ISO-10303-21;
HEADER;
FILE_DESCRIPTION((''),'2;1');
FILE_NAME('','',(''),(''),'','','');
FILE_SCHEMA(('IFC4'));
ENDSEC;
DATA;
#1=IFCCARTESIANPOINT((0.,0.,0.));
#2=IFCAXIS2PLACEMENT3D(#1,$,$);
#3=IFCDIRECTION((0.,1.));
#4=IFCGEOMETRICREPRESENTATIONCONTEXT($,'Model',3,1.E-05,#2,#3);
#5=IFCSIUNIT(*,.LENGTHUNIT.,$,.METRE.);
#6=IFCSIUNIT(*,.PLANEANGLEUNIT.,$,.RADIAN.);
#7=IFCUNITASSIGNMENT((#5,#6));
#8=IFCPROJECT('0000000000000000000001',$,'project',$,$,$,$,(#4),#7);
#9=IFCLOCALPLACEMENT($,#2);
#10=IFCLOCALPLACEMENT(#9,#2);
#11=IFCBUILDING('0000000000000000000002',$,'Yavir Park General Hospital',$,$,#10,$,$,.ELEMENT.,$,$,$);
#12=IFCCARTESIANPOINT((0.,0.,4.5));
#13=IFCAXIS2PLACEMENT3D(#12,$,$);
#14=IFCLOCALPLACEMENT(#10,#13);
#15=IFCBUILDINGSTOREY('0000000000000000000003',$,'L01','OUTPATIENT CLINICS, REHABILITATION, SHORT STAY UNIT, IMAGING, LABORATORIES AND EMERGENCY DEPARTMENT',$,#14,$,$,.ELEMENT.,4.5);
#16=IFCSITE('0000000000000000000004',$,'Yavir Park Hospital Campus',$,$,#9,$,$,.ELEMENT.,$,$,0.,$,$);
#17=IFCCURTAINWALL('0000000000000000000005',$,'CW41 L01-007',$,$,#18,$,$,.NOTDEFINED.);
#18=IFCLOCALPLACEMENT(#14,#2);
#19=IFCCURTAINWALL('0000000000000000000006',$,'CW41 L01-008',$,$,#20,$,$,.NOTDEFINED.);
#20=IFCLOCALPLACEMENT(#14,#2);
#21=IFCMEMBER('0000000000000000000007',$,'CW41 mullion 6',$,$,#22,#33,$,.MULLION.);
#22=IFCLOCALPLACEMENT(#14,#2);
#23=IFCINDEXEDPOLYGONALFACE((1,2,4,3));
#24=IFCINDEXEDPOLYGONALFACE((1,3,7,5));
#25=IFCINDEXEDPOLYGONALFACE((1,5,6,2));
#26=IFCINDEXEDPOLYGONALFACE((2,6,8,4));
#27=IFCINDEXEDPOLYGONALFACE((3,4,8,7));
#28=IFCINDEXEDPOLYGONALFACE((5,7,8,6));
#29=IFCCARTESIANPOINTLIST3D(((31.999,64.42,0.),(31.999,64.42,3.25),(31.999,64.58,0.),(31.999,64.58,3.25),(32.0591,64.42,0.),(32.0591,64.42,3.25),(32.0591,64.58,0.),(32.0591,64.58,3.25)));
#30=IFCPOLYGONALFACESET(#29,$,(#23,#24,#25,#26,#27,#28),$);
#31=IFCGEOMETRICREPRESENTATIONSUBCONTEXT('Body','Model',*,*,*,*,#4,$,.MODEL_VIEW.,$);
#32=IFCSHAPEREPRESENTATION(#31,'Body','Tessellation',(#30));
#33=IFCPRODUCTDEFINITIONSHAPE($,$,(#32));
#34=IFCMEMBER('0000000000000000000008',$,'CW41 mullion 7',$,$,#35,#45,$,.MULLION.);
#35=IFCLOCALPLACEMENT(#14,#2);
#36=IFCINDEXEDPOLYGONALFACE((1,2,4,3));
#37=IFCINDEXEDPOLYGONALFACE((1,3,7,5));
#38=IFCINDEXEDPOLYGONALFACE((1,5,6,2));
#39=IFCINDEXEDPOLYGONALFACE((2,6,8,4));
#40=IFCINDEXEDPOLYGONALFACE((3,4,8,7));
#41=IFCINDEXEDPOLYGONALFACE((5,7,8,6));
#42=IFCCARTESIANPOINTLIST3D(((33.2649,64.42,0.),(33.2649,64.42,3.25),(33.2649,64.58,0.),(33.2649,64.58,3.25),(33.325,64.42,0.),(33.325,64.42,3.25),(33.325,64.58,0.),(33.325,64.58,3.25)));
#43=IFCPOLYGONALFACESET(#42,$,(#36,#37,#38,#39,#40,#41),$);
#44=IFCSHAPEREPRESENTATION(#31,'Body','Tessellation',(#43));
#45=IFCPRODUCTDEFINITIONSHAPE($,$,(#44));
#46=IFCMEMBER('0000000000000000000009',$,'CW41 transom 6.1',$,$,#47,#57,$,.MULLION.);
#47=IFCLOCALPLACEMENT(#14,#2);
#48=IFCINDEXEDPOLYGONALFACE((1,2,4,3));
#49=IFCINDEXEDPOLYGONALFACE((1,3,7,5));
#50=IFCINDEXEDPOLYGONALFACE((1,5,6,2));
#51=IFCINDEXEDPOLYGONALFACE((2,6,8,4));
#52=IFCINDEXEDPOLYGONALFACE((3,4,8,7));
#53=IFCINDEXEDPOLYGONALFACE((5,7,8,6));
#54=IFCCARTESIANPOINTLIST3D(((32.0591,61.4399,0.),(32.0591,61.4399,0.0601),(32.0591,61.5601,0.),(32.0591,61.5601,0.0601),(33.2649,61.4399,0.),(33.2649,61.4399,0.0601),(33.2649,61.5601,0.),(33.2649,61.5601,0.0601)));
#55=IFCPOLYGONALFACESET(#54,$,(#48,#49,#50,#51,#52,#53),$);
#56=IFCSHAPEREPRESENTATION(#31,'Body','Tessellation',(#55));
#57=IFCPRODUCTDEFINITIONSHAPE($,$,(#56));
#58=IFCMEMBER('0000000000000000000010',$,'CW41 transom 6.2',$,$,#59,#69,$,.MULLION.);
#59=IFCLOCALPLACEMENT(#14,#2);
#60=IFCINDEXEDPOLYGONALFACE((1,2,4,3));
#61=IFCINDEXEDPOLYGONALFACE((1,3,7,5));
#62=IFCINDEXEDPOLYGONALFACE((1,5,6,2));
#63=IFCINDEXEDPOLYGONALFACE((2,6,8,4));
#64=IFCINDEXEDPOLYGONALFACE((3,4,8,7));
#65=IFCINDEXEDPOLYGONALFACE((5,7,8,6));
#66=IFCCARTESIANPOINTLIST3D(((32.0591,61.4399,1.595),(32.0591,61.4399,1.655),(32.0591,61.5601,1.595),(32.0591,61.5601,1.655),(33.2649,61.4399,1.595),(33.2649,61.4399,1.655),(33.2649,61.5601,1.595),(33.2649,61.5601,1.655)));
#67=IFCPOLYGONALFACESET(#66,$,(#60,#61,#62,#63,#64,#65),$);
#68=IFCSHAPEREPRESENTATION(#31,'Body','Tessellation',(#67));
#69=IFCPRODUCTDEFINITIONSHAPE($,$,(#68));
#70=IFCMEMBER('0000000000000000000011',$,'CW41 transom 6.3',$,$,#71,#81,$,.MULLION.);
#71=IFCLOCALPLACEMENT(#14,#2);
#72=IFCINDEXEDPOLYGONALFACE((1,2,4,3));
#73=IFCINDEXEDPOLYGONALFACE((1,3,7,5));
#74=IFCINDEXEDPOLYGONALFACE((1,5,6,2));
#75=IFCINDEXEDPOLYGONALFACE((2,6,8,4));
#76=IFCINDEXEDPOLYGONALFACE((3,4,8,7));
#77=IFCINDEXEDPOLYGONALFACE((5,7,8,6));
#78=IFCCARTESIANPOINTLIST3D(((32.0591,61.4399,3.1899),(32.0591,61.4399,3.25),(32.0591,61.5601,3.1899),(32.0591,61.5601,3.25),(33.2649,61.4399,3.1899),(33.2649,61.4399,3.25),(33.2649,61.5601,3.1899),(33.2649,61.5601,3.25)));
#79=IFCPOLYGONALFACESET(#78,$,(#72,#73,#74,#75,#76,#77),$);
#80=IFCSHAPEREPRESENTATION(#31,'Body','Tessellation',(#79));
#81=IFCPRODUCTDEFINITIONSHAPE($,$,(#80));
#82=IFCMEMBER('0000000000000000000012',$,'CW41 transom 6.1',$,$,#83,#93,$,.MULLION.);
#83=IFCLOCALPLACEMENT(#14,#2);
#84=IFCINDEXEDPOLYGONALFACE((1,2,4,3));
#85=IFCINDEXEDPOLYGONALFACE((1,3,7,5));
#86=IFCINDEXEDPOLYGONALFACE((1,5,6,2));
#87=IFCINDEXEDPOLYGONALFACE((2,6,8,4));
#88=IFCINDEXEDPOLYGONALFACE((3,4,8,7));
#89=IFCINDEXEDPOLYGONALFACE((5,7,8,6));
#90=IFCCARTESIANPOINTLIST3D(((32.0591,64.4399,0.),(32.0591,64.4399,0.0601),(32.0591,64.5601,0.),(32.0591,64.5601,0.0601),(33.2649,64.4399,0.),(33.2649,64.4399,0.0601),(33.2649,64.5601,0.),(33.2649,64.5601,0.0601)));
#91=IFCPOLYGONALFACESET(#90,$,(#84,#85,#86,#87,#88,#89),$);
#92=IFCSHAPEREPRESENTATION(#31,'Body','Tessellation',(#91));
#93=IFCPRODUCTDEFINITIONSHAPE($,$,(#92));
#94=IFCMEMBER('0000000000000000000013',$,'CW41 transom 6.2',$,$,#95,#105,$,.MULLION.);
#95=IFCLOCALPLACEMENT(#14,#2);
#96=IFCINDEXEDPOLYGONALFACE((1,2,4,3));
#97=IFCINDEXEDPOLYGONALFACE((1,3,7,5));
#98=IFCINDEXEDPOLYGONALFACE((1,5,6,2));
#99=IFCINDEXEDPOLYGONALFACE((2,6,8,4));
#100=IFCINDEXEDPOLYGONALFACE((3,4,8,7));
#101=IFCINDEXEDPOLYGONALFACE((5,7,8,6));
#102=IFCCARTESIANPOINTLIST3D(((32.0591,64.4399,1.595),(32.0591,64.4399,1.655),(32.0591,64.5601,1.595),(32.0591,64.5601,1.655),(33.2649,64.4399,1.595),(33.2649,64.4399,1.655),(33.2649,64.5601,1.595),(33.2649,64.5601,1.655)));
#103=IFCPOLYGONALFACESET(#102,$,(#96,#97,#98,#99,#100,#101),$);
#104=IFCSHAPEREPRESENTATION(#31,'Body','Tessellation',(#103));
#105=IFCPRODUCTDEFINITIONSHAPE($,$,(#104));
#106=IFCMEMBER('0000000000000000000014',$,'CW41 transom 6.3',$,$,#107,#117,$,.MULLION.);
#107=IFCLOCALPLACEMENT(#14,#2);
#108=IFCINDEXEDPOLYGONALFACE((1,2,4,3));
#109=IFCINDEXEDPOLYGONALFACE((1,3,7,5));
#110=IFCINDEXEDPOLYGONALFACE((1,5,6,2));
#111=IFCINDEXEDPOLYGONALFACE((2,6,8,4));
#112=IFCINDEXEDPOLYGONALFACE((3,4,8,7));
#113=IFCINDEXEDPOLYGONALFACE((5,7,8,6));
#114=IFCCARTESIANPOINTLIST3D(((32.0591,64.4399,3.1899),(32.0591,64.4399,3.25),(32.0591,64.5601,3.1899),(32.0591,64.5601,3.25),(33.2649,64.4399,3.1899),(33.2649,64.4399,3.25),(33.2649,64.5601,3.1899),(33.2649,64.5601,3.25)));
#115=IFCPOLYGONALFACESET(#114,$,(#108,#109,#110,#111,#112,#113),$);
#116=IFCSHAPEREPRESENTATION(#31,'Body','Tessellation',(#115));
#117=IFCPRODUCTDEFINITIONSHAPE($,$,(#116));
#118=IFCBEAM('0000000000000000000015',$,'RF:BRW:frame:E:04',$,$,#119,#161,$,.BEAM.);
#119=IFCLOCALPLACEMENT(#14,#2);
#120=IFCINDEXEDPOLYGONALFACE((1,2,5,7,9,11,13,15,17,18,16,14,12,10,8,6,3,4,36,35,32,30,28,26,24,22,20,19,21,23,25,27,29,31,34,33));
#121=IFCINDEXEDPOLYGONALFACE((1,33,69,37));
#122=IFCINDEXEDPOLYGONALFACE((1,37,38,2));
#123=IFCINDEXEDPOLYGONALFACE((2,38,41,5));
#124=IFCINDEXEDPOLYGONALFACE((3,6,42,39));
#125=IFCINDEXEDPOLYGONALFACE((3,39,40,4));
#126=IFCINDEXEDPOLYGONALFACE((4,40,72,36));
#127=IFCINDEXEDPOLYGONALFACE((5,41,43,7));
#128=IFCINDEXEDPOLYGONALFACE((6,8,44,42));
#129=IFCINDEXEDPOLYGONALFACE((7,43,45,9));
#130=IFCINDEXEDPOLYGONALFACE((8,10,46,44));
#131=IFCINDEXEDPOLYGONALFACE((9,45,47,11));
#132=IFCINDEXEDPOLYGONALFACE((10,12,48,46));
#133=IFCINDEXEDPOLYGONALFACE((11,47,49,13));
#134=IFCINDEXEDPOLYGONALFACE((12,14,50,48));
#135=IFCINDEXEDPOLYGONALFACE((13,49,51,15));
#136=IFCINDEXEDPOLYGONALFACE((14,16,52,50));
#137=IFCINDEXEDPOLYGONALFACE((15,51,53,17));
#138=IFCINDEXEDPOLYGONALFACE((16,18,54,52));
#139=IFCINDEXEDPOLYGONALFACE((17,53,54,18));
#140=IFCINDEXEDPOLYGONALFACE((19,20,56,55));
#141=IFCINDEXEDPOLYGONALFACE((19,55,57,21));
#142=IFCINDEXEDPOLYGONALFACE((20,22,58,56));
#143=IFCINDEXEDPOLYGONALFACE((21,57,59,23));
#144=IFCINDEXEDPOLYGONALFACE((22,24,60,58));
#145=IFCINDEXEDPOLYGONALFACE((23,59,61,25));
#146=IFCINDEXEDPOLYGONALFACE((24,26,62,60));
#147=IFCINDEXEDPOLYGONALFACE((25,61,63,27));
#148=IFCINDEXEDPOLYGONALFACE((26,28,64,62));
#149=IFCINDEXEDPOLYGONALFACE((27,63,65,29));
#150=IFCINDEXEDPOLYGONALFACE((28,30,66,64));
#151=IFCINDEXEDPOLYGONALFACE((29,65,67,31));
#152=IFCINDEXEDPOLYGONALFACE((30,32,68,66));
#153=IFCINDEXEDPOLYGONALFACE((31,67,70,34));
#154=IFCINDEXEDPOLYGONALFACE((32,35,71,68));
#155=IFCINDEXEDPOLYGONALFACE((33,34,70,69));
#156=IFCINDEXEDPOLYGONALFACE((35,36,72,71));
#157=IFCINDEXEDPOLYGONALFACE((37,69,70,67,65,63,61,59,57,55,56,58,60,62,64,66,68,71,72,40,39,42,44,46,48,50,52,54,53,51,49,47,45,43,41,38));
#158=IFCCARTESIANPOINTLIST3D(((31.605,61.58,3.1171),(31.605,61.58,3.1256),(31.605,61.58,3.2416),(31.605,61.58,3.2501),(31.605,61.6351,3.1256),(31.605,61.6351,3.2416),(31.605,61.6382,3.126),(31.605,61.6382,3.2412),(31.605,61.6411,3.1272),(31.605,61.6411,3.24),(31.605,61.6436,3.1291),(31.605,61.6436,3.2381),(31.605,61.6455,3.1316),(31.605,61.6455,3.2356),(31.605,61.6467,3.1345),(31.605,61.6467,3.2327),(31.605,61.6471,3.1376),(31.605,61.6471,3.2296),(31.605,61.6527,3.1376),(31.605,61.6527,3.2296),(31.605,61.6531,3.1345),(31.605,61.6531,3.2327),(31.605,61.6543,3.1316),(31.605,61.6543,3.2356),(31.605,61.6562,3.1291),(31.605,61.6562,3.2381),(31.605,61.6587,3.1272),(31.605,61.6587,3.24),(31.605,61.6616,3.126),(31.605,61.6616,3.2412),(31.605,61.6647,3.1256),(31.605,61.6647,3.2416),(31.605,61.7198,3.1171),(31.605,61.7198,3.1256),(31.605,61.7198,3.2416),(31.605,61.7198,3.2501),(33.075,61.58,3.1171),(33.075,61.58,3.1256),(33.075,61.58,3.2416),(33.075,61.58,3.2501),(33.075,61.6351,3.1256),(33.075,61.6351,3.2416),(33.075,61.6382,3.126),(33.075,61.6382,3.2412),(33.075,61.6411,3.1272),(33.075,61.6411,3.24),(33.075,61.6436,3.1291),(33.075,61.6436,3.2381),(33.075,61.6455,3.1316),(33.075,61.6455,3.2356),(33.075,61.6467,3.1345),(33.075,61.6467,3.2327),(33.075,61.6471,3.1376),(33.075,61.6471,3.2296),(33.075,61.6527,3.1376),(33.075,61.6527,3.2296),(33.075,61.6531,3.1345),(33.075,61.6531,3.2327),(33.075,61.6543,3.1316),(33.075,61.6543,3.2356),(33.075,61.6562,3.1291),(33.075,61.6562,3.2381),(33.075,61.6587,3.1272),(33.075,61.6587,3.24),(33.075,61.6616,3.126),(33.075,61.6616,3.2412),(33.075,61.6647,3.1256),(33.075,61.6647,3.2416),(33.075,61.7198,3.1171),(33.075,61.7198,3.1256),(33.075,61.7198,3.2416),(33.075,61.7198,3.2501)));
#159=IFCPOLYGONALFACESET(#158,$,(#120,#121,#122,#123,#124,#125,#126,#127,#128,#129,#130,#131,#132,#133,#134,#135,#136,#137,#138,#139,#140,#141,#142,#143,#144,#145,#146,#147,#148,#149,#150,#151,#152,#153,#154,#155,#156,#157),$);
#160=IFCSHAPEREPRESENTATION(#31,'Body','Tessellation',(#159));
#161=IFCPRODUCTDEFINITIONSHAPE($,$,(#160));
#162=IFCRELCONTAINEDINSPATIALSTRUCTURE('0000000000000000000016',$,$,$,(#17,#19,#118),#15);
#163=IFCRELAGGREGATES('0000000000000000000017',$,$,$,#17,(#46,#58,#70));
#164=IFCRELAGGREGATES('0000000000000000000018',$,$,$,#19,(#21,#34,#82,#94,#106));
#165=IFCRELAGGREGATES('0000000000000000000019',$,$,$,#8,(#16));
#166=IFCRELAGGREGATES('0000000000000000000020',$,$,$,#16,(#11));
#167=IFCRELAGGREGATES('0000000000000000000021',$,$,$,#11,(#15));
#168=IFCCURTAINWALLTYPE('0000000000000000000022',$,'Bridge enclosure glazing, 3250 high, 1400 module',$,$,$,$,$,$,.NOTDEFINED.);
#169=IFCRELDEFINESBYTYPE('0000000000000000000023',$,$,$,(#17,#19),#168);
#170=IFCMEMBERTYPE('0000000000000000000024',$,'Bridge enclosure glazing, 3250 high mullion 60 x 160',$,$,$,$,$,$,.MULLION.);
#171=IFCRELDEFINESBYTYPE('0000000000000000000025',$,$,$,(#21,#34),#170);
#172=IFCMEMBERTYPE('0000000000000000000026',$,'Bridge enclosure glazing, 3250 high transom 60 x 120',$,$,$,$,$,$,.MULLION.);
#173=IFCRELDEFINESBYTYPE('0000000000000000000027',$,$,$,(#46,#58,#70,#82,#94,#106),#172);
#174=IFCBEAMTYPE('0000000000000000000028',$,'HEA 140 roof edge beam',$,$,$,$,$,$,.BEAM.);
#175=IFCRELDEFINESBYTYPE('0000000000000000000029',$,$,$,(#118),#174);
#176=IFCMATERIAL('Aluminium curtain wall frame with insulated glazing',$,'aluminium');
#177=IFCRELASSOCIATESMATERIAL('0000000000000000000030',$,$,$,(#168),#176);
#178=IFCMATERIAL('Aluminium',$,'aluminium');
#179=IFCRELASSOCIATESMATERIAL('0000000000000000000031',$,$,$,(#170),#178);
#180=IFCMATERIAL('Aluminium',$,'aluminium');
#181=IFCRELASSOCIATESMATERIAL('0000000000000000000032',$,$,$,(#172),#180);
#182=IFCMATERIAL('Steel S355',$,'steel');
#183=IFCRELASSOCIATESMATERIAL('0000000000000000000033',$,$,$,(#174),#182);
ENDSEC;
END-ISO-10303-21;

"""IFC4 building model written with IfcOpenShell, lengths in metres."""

from ifc_helpers import new_model, si_unit, direction, frame, origin, origin_2d, place, context, subcontext, project, spatial, rectangle, i_section, extrude, material, material_profile, profile_set, type_object, element, aggregate, save


model = new_model("IFC4")

# Units and contexts
model_context = context("Model", 3, precision=1e-05, world=origin(), true_north=direction((0.0, 1.0)))
body_context = subcontext(model_context, "Body", "Model", "MODEL_VIEW")
ifc_project = project(units=[si_unit("LENGTHUNIT", "METRE"), si_unit("PLANEANGLEUNIT", "RADIAN")], contexts=[model_context])

# Site, building, storey
site_placement = place(None, origin())
site = spatial("IfcSite", under=ifc_project, at=site_placement, Name="Yavir Park Hospital Campus", CompositionType="ELEMENT", RefElevation=0.0)
building_placement = place(site_placement, origin())
building = spatial("IfcBuilding", under=site, at=building_placement, Name="Yavir Park General Hospital", CompositionType="ELEMENT")
storey_placement = place(building_placement, frame((0.0, 0.0, 4.5)))
storey = spatial("IfcBuildingStorey", under=building, at=storey_placement, Name="L01", Description="OUTPATIENT CLINICS, REHABILITATION, SHORT STAY UNIT, IMAGING, LABORATORIES AND EMERGENCY DEPARTMENT", CompositionType="ELEMENT", Elevation=4.5)

# Curtain walls, members
ifc_material_1 = material(Name="Aluminium curtain wall frame with insulated glazing", Category="aluminium")
curtain_wall_type = type_object("IfcCurtainWallType", Name="Bridge enclosure glazing, 3250 high, 1400 module", PredefinedType="NOTDEFINED", material=ifc_material_1)
curtain_wall_1_placement = place(storey_placement, origin())
curtain_wall_1 = element("IfcCurtainWall", 1, at=curtain_wall_1_placement, inside=storey, type_object=curtain_wall_type, Name="CW41 L01-007", PredefinedType="NOTDEFINED")
ifc_material_2 = material(Name="Aluminium", Category="aluminium")
ifc_material_profile_1 = material_profile(ifc_material_2, rectangle(XDim=0.1599, YDim=0.0601, at=origin_2d()), Name="AL 60x160")
ifc_profile_set_1 = profile_set([ifc_material_profile_1], Name="Aluminium")
member_type_1 = type_object("IfcMemberType", Name="Bridge enclosure glazing, 3250 high mullion 60 x 160", PredefinedType="MULLION", material=ifc_profile_set_1)
curtain_wall_2_placement = place(storey_placement, origin())
curtain_wall_2 = element("IfcCurtainWall", 2, at=curtain_wall_2_placement, inside=storey, type_object=curtain_wall_type, Name="CW41 L01-008", PredefinedType="NOTDEFINED")
member_1_placement = place(storey_placement, frame((32.0291, 64.5, 0.0), z_axis=(0.0, 0.0, 1.0), x_axis=(0.0, 1.0, 0.0)))
member_1 = element("IfcMember", 3, at=member_1_placement, type_object=member_type_1, Name="CW41 mullion 6", PredefinedType="MULLION", context=body_context, shape_type="SweptSolid", body=[
    extrude(rectangle(XDim=0.1599, YDim=0.0601, at=origin_2d()), origin(), (0.0, 0.0, 1.0), 3.25),
])
member_2_placement = place(storey_placement, frame((33.2949, 64.5, 0.0), z_axis=(0.0, 0.0, 1.0), x_axis=(0.0, 1.0, 0.0)))
member_2 = element("IfcMember", 4, at=member_2_placement, type_object=member_type_1, Name="CW41 mullion 7", PredefinedType="MULLION", context=body_context, shape_type="SweptSolid", body=[
    extrude(rectangle(XDim=0.1599, YDim=0.0601, at=origin_2d()), origin(), (0.0, 0.0, 1.0), 3.25),
])

# Members
ifc_material_3 = material(Name="Aluminium", Category="aluminium")
ifc_material_profile_2 = material_profile(ifc_material_3, rectangle(XDim=0.1201, YDim=0.0601, at=origin_2d()), Name="AL 120x60")
ifc_profile_set_2 = profile_set([ifc_material_profile_2], Name="Aluminium")
member_type_2 = type_object("IfcMemberType", Name="Bridge enclosure glazing, 3250 high transom 60 x 120", PredefinedType="MULLION", material=ifc_profile_set_2)
member_3_placement = place(storey_placement, frame((32.0591, 61.5, 0.03), z_axis=(1.0, 0.0, 0.0), x_axis=(0.0, 1.0, 0.0)))
member_3 = element("IfcMember", 5, at=member_3_placement, type_object=member_type_2, Name="CW41 transom 6.1", PredefinedType="MULLION", context=body_context, shape_type="SweptSolid", body=[
    extrude(rectangle(XDim=0.1201, YDim=0.0601, at=origin_2d()), origin(), (0.0, 0.0, 1.0), 1.2058),
])
member_4_placement = place(storey_placement, frame((32.0591, 61.5, 1.625), z_axis=(1.0, 0.0, 0.0), x_axis=(0.0, 1.0, 0.0)))
member_4 = element("IfcMember", 6, at=member_4_placement, type_object=member_type_2, Name="CW41 transom 6.2", PredefinedType="MULLION", context=body_context, shape_type="SweptSolid", body=[
    extrude(rectangle(XDim=0.1201, YDim=0.0601, at=origin_2d()), origin(), (0.0, 0.0, 1.0), 1.2058),
])
member_5_placement = place(storey_placement, frame((32.0591, 61.5, 3.22), z_axis=(1.0, 0.0, 0.0), x_axis=(0.0, 1.0, 0.0)))
member_5 = element("IfcMember", 7, at=member_5_placement, type_object=member_type_2, Name="CW41 transom 6.3", PredefinedType="MULLION", context=body_context, shape_type="SweptSolid", body=[
    extrude(rectangle(XDim=0.1201, YDim=0.0601, at=origin_2d()), origin(), (0.0, 0.0, 1.0), 1.2058),
])
member_6_placement = place(storey_placement, frame((32.0591, 64.5, 0.03), z_axis=(1.0, 0.0, 0.0), x_axis=(0.0, 1.0, 0.0)))
member_6 = element("IfcMember", 8, at=member_6_placement, type_object=member_type_2, Name="CW41 transom 6.1", PredefinedType="MULLION", context=body_context, shape_type="SweptSolid", body=[
    extrude(rectangle(XDim=0.1201, YDim=0.0601, at=origin_2d()), origin(), (0.0, 0.0, 1.0), 1.2058),
])
member_7_placement = place(storey_placement, frame((32.0591, 64.5, 1.625), z_axis=(1.0, 0.0, 0.0), x_axis=(0.0, 1.0, 0.0)))
member_7 = element("IfcMember", 9, at=member_7_placement, type_object=member_type_2, Name="CW41 transom 6.2", PredefinedType="MULLION", context=body_context, shape_type="SweptSolid", body=[
    extrude(rectangle(XDim=0.1201, YDim=0.0601, at=origin_2d()), origin(), (0.0, 0.0, 1.0), 1.2058),
])
member_8_placement = place(storey_placement, frame((32.0591, 64.5, 3.22), z_axis=(1.0, 0.0, 0.0), x_axis=(0.0, 1.0, 0.0)))
member_8 = element("IfcMember", 10, at=member_8_placement, type_object=member_type_2, Name="CW41 transom 6.3", PredefinedType="MULLION", context=body_context, shape_type="SweptSolid", body=[
    extrude(rectangle(XDim=0.1201, YDim=0.0601, at=origin_2d()), origin(), (0.0, 0.0, 1.0), 1.2058),
])

# Beam
ifc_material_4 = material(Name="Steel S355", Category="steel")
ifc_material_profile_3 = material_profile(ifc_material_4, i_section(OverallWidth=0.1399, OverallDepth=0.1331, WebThickness=0.0056, FlangeThickness=0.0085, FilletRadius=0.012, at=origin_2d()), Name="HEA140")
ifc_profile_set_3 = profile_set([ifc_material_profile_3], Name="Steel S355")
beam_type_1 = type_object("IfcBeamType", Name="HEA 140 roof edge beam", PredefinedType="BEAM", material=ifc_profile_set_3)
for number, where, z_axis, x_axis, name in (
    (11, (31.605, 61.6499, 3.1836), (1.0, 0.0, 0.0), (0.0, 1.0, 0.0), "RF:BRW:frame:E:04"),
):
    element("IfcBeam", number, at=place(storey_placement, frame(where, z_axis=z_axis, x_axis=x_axis)), inside=storey, type_object=beam_type_1, Name=name, PredefinedType="BEAM", context=body_context, shape_type="SweptSolid", body=[
        extrude(i_section(OverallWidth=0.1399, OverallDepth=0.1331, WebThickness=0.0056, FlangeThickness=0.0085, FilletRadius=0.012, at=origin_2d()), origin(), (0.0, 0.0, 1.0), 1.47),
    ])

aggregate(curtain_wall_1, [member_3, member_4, member_5])
aggregate(curtain_wall_2, [member_1, member_2, member_6, member_7, member_8])

save(model, "model.ifc")
